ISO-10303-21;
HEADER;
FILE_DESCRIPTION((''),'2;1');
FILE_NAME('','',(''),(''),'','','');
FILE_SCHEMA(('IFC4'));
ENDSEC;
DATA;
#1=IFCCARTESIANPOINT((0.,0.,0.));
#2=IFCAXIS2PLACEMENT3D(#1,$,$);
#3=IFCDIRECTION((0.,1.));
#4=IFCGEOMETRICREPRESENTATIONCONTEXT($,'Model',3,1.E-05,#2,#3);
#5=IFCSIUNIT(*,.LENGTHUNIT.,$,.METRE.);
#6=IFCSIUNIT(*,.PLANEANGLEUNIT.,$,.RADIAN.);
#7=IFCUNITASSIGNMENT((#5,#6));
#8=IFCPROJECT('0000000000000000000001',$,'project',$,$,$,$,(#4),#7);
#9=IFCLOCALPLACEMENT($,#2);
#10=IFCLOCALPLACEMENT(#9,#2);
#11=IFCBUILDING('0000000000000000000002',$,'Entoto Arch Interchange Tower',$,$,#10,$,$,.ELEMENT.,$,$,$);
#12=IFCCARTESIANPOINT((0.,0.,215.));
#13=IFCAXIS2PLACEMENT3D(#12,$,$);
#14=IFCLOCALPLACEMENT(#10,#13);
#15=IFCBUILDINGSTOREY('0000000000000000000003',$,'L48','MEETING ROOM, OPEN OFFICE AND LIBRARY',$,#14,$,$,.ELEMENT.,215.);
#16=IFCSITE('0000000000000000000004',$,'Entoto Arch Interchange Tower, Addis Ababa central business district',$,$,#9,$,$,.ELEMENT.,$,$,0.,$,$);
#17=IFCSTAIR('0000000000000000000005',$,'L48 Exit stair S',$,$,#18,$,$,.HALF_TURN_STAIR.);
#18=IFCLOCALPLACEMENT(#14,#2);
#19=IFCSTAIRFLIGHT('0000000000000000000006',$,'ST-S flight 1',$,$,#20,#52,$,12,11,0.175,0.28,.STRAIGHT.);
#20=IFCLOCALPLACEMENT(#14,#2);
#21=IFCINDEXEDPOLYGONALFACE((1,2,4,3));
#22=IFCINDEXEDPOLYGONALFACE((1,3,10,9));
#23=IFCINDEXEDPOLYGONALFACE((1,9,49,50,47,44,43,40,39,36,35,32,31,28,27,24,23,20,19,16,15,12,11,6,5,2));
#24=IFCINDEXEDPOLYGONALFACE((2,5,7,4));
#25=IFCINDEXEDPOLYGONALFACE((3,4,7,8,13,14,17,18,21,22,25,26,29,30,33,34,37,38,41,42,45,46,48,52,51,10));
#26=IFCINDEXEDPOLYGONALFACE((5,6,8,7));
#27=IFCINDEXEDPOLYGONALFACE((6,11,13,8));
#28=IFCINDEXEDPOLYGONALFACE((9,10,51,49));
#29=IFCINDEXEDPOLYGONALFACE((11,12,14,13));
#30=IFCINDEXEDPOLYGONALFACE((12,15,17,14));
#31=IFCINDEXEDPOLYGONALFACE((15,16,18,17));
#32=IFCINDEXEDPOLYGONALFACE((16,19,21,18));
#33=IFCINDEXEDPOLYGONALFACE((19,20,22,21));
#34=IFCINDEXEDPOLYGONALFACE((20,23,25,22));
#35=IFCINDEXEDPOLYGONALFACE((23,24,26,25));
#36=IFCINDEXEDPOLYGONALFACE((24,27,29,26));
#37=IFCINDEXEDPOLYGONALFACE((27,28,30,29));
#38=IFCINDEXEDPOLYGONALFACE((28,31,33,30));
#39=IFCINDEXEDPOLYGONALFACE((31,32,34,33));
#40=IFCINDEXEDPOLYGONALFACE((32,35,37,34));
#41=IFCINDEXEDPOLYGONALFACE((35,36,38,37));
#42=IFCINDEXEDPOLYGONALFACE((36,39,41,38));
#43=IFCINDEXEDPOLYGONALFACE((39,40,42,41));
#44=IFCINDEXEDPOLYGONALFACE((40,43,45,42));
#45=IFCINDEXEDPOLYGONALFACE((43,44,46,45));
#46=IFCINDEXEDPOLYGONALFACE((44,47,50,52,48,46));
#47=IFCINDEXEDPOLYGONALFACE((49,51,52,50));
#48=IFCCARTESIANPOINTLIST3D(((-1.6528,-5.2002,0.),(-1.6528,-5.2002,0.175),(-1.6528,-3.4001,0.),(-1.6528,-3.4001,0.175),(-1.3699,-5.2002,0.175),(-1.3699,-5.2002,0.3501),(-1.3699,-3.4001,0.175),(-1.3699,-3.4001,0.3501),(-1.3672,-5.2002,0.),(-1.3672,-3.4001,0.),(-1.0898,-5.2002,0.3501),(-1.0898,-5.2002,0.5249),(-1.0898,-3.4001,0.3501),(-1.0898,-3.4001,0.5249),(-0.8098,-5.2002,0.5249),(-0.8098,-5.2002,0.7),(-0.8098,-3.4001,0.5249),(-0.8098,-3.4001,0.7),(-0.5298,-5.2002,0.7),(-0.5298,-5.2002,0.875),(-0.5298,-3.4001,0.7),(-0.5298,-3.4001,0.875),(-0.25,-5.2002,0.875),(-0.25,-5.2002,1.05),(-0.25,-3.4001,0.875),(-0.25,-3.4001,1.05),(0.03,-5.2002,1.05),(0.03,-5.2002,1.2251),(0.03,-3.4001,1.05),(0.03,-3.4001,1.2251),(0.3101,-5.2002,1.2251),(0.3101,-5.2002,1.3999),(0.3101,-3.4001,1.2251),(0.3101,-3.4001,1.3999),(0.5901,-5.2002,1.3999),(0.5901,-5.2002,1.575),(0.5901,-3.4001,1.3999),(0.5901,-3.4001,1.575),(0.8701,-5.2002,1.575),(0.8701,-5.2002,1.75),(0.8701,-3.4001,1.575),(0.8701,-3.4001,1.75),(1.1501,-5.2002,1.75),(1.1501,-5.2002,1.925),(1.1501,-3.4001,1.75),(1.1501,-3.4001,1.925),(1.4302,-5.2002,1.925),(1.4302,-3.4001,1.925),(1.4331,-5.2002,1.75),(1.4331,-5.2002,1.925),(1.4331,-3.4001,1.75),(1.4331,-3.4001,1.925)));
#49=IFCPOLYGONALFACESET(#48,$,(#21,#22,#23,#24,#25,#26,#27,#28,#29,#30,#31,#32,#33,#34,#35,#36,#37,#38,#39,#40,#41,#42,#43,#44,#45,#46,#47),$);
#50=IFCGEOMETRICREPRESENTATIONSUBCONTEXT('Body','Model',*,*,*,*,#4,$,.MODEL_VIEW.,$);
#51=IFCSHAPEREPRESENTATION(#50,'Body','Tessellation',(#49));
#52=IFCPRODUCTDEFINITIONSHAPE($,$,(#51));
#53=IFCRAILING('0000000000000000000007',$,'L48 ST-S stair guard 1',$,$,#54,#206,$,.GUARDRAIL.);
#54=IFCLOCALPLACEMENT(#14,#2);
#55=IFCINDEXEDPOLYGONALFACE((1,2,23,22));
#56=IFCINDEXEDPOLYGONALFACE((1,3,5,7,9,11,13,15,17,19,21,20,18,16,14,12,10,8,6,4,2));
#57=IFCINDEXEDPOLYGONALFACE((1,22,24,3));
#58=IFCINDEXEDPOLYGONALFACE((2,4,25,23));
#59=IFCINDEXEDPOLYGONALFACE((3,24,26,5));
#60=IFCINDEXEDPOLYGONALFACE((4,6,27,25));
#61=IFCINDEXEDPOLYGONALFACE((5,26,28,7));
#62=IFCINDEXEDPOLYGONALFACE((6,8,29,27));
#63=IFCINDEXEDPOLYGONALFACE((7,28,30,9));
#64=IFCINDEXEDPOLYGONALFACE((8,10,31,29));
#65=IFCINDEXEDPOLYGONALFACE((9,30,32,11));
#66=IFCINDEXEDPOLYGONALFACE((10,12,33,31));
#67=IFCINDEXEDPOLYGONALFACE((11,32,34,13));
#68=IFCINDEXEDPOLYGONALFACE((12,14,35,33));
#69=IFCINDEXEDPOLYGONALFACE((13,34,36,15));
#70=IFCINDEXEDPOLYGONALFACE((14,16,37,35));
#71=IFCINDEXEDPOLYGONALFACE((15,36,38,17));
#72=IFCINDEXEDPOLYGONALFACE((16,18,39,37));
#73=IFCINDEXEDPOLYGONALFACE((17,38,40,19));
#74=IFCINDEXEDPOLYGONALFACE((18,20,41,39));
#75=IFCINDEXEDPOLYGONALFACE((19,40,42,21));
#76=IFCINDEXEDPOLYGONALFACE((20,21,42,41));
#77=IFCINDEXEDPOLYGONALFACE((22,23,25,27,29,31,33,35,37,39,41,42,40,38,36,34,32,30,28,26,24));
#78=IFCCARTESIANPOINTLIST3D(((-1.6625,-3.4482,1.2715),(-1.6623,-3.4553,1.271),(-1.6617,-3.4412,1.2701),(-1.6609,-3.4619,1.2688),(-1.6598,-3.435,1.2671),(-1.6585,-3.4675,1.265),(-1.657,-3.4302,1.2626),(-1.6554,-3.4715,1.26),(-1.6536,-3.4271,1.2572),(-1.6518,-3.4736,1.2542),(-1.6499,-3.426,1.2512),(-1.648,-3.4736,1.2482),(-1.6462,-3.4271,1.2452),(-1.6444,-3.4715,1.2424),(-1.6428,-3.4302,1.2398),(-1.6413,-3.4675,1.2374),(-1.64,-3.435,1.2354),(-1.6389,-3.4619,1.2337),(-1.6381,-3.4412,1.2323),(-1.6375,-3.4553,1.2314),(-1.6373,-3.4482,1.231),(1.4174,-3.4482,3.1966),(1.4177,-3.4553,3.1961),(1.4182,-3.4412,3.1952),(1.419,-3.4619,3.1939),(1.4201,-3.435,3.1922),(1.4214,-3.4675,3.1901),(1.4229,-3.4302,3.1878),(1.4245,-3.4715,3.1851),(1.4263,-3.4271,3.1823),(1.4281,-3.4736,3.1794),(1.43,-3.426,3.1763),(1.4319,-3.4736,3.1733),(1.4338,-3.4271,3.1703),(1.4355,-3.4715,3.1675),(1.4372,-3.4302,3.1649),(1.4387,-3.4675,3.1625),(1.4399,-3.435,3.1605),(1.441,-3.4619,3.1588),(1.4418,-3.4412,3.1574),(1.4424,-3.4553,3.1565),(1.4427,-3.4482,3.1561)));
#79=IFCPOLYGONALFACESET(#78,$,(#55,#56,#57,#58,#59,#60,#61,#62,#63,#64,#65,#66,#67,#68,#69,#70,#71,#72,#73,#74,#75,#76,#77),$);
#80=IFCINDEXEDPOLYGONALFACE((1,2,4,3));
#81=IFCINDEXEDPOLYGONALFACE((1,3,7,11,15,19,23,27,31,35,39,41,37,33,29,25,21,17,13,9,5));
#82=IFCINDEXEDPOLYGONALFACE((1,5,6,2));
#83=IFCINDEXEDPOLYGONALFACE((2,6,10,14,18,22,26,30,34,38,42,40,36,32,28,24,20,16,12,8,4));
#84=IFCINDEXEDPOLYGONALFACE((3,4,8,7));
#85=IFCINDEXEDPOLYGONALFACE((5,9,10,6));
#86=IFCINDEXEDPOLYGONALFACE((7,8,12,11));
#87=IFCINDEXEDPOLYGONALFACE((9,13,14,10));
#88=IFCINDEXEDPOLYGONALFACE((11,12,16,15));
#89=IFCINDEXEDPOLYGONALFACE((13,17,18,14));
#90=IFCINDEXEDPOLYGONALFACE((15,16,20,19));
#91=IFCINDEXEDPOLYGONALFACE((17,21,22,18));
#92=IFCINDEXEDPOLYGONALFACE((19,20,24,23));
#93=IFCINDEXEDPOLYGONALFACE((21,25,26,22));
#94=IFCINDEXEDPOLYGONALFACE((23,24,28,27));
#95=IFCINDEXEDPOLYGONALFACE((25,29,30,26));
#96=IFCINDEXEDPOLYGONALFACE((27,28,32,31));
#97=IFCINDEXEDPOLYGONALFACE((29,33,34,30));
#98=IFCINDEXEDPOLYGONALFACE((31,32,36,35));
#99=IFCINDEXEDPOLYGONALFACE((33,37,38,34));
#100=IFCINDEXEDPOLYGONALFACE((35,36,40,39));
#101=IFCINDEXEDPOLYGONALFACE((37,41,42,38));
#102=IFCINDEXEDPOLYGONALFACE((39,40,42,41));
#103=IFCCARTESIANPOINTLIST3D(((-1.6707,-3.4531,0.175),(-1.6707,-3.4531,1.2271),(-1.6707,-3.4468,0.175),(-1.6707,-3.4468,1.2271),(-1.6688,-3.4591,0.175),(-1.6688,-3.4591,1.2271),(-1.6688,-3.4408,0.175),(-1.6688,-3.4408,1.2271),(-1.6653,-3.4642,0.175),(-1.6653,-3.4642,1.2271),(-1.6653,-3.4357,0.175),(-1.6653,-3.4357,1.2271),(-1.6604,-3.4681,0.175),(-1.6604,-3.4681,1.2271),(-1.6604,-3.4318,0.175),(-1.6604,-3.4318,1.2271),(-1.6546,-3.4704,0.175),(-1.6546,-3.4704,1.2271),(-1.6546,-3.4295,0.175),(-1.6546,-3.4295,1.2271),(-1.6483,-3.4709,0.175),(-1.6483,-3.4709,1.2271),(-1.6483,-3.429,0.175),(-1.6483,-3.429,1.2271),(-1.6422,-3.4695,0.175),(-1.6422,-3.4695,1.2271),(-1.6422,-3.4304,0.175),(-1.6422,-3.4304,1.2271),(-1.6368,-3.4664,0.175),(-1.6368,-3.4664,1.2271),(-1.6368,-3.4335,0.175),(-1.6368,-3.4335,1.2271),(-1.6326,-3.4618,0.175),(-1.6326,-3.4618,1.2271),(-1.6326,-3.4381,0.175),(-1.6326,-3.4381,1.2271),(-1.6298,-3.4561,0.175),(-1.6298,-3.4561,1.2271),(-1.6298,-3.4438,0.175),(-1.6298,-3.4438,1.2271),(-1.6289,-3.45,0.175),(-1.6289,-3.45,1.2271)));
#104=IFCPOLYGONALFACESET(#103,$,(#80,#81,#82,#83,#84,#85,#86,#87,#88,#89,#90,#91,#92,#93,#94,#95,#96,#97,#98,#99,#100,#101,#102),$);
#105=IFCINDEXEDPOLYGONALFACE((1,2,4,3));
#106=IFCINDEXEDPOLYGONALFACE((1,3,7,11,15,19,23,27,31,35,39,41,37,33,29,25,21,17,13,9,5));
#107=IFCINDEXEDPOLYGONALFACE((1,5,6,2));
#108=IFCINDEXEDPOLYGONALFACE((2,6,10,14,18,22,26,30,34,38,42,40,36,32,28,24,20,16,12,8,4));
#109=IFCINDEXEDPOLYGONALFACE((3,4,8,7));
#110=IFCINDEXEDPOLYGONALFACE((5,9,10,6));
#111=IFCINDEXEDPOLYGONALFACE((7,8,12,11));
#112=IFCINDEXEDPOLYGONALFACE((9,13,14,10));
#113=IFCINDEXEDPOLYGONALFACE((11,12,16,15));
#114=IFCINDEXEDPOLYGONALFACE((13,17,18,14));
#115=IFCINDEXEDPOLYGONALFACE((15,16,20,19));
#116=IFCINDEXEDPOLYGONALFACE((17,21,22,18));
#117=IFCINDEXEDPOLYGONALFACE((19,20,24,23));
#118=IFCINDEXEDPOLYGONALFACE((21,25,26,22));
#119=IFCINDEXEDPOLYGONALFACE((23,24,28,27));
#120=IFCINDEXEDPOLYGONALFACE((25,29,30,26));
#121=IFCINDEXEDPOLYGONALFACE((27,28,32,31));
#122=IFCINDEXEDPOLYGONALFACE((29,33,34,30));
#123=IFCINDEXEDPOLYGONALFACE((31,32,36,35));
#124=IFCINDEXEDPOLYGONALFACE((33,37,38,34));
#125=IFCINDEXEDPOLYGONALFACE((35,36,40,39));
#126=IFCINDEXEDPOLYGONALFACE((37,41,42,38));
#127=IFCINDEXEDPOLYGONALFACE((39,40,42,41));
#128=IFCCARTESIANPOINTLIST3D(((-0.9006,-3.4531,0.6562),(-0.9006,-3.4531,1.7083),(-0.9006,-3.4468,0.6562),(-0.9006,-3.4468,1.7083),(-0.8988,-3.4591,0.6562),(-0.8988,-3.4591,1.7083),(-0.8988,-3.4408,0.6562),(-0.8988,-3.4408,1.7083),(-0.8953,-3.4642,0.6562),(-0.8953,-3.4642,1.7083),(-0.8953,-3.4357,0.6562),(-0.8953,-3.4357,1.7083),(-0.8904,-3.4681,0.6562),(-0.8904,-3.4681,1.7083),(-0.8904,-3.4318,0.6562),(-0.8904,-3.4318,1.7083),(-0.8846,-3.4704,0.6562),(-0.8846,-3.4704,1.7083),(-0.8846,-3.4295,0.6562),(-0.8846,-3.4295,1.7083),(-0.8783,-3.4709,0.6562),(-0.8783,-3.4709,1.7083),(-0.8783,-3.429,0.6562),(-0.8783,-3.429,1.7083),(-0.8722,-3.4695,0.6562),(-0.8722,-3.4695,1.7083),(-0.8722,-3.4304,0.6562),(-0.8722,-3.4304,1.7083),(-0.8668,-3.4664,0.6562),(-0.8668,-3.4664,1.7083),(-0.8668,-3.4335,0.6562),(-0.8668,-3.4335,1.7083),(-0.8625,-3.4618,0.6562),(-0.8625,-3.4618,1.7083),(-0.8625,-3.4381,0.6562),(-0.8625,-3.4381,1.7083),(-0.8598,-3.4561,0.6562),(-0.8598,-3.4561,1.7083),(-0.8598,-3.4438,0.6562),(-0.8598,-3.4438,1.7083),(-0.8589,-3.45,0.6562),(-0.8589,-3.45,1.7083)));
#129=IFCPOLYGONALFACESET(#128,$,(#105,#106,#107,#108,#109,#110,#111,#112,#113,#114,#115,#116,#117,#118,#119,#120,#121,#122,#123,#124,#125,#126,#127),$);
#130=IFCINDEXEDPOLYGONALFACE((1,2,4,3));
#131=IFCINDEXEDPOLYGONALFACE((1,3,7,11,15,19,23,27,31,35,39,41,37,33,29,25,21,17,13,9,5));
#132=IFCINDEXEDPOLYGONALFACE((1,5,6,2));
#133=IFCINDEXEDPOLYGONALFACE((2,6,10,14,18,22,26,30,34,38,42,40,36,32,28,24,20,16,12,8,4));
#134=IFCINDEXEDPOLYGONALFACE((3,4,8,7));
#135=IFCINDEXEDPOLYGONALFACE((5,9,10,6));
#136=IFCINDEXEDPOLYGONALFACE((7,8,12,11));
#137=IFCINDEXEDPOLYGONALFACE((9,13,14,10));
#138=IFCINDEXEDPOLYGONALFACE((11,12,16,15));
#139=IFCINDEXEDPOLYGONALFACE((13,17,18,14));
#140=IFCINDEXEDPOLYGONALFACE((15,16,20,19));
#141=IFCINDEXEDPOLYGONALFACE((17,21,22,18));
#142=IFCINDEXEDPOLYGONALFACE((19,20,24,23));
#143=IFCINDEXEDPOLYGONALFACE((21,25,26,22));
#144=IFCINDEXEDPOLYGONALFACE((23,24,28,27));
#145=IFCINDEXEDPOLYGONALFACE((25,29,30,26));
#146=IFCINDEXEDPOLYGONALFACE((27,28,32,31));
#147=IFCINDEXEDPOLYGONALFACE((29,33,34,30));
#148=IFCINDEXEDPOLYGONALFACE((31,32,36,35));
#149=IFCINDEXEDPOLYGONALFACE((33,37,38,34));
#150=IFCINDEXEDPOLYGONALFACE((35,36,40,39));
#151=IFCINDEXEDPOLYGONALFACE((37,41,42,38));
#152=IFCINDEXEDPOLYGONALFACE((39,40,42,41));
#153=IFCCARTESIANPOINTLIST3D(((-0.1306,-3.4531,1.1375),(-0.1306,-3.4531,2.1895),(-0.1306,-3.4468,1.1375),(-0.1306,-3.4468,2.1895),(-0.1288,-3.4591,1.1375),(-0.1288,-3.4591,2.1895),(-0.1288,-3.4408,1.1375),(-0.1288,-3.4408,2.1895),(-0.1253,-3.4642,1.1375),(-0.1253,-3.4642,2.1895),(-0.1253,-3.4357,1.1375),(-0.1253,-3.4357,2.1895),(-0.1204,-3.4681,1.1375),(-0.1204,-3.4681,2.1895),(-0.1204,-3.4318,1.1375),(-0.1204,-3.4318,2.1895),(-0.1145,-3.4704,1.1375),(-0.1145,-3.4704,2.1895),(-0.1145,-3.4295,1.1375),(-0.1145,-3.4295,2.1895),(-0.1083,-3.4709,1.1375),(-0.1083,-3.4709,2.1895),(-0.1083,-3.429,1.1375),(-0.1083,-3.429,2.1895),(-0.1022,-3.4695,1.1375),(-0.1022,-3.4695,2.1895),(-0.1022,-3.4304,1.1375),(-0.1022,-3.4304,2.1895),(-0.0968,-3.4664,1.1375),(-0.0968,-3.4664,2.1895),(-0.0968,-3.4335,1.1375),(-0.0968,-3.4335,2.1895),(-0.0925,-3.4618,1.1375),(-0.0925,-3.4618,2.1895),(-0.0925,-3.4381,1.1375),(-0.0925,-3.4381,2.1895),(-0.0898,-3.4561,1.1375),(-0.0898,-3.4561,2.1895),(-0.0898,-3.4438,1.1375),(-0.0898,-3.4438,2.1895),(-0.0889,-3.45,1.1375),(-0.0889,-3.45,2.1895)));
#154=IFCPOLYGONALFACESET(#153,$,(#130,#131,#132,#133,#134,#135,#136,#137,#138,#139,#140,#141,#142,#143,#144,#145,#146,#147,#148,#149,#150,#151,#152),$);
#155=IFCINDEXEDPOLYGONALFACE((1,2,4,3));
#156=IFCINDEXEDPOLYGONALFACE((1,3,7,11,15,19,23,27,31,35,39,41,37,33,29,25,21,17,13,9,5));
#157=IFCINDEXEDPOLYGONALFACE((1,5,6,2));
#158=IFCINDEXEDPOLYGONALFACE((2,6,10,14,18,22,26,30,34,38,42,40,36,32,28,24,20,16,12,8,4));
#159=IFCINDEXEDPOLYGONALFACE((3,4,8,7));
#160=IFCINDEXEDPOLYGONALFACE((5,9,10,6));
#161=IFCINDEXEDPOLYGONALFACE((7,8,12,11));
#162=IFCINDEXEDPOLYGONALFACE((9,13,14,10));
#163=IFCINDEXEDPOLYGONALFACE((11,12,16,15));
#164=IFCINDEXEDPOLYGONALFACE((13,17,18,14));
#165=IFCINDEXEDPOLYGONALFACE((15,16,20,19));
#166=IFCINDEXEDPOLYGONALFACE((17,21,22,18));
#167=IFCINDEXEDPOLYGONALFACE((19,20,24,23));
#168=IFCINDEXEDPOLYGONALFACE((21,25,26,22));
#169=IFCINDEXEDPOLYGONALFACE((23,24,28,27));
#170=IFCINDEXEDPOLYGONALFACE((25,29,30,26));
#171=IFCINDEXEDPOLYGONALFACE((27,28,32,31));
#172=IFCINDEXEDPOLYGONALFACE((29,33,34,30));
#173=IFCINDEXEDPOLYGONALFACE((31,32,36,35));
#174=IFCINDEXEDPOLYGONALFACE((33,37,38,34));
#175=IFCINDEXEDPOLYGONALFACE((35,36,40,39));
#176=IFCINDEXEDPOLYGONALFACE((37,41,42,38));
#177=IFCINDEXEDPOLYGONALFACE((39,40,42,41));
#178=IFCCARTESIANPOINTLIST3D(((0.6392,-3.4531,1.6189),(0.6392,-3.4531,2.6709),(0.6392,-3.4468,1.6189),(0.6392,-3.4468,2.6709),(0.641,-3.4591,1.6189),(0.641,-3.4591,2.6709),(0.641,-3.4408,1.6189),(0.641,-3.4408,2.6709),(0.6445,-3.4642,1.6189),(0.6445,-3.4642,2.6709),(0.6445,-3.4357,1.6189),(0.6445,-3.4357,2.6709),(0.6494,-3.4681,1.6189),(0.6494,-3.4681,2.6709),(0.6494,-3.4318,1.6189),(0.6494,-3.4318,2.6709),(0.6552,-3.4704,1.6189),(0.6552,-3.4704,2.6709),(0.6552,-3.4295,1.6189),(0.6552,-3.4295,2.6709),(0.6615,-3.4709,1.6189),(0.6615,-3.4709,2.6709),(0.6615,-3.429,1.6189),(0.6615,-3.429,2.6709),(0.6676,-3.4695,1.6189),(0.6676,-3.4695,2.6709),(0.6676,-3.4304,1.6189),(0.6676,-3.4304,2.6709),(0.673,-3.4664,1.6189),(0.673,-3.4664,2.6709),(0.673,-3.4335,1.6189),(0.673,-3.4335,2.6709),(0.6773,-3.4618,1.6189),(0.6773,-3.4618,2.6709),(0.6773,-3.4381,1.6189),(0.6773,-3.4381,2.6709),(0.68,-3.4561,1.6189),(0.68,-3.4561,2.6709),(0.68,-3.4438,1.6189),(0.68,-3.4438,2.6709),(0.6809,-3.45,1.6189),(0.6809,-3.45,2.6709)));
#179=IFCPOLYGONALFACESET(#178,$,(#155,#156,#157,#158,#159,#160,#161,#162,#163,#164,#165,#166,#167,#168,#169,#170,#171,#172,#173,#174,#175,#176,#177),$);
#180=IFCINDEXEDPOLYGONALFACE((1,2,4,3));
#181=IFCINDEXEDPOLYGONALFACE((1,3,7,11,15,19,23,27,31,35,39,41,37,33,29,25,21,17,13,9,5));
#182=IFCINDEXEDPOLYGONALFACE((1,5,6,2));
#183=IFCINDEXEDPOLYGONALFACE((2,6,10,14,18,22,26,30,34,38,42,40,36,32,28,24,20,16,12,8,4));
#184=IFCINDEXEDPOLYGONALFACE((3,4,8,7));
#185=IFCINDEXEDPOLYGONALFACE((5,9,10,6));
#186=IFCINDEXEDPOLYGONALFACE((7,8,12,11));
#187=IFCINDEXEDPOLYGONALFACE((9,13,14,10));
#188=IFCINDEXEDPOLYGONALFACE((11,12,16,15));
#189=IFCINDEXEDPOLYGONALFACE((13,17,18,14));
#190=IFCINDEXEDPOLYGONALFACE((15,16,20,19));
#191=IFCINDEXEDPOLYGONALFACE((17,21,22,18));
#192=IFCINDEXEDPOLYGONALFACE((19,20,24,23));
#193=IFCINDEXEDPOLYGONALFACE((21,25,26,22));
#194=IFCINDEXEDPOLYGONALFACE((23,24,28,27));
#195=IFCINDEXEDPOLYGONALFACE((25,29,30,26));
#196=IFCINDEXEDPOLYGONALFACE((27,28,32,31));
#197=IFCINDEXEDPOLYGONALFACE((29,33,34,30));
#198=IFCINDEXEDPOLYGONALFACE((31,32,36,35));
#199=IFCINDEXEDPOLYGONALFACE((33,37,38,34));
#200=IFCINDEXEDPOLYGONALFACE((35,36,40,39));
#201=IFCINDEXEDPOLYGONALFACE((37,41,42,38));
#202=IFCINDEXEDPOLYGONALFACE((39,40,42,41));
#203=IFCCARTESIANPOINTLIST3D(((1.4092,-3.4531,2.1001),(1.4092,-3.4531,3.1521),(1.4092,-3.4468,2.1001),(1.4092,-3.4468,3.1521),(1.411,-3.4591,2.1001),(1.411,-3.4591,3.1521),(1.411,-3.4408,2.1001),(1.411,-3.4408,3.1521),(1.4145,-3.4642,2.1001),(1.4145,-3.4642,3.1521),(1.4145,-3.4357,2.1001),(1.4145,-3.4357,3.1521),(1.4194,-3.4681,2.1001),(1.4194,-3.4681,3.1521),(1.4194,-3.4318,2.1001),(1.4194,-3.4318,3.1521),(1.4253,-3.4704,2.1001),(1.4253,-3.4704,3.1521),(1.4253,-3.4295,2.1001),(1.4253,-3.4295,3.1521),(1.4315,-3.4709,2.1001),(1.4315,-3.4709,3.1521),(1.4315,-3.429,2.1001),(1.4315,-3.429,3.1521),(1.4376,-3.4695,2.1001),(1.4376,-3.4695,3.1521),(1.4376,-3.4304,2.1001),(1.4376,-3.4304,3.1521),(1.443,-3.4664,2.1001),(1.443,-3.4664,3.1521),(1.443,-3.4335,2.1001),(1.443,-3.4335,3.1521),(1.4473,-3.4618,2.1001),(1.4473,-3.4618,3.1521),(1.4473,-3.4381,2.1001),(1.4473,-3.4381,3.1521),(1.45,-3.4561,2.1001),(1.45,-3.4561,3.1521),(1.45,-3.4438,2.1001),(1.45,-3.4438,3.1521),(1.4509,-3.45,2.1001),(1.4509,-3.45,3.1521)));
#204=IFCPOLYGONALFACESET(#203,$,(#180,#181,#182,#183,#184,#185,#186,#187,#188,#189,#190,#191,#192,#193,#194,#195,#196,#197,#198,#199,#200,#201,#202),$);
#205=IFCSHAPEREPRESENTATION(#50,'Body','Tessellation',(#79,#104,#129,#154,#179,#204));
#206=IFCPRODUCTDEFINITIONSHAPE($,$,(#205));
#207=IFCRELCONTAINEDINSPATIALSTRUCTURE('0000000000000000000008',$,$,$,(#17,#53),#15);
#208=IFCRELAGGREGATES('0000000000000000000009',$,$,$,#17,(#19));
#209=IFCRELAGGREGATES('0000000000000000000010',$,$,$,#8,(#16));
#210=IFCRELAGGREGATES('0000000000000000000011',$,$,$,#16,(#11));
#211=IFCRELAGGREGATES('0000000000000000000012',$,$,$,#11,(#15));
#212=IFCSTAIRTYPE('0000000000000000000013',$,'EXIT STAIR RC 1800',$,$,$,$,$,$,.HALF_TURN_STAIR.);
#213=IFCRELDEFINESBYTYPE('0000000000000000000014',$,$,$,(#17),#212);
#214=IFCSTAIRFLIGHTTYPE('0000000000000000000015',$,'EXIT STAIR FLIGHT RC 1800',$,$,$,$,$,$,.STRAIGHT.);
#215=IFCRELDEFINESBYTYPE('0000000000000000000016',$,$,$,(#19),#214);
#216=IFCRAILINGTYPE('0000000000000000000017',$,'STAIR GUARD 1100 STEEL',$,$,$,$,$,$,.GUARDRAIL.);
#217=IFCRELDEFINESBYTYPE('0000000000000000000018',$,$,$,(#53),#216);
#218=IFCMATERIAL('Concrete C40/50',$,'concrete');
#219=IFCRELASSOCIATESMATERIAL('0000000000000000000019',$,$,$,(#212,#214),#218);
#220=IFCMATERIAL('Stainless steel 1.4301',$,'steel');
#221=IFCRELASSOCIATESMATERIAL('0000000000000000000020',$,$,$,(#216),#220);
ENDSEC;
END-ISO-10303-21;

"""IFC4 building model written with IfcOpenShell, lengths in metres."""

from ifc_helpers import new_model, si_unit, direction, frame, origin, origin_2d, place, context, subcontext, project, spatial, polyline, circle, outline, extrude, material, type_object, element, aggregate, save


model = new_model("IFC4")

# Units and contexts
model_context = context("Model", 3, precision=1e-05, world=origin(), true_north=direction((0.0, 1.0)))
body_context = subcontext(model_context, "Body", "Model", "MODEL_VIEW")
ifc_project = project(units=[si_unit("LENGTHUNIT", "METRE"), si_unit("PLANEANGLEUNIT", "RADIAN")], contexts=[model_context])

# Site, building, storey
site_placement = place(None, origin())
site = spatial("IfcSite", under=ifc_project, at=site_placement, Name="Entoto Arch Interchange Tower, Addis Ababa central business district", CompositionType="ELEMENT", RefElevation=0.0)
building_placement = place(site_placement, origin())
building = spatial("IfcBuilding", under=site, at=building_placement, Name="Entoto Arch Interchange Tower", CompositionType="ELEMENT")
storey_placement = place(building_placement, frame((0.0, 0.0, 215.0)))
storey = spatial("IfcBuildingStorey", under=building, at=storey_placement, Name="L48", Description="MEETING ROOM, OPEN OFFICE AND LIBRARY", CompositionType="ELEMENT", Elevation=215.0)

# Shared definitions
ifc_material_1 = material(Name="Concrete C40/50", Category="concrete")

# Stair, stair flight
stair_type = type_object("IfcStairType", Name="EXIT STAIR RC 1800", PredefinedType="HALF_TURN_STAIR", material=ifc_material_1)
stair_placement = place(storey_placement, origin())
stair = element("IfcStair", 1, at=stair_placement, inside=storey, type_object=stair_type, Name="L48 Exit stair S", PredefinedType="HALF_TURN_STAIR")
stair_flight_type = type_object("IfcStairFlightType", Name="EXIT STAIR FLIGHT RC 1800", PredefinedType="STRAIGHT", material=ifc_material_1)
stair_flight_placement = place(storey_placement, frame((-1.6499, -4.3, 0.0), z_axis=(0.0, 0.0, 1.0), x_axis=(1.0, 0.0, 0.0)))
stair_flight = element("IfcStairFlight", 2, at=stair_flight_placement, type_object=stair_flight_type, Name="ST-S flight 1", NumberOfRisers=12, NumberOfTreads=11, PredefinedType="STRAIGHT", RiserHeight=0.175, TreadLength=0.28, context=body_context, shape_type="SweptSolid", body=[
    extrude(outline(polyline([(-0.0029, 0.0), (-0.0029, 0.175), (0.28, 0.175), (0.28, 0.3501), (0.5601, 0.3501), (0.5601, 0.5249), (0.8401, 0.5249), (0.8401, 0.7), (1.1201, 0.7), (1.1201, 0.875), (1.3999, 0.875), (1.3999, 1.05), (1.6799, 1.05), (1.6799, 1.2251), (1.96, 1.2251), (1.96, 1.3999), (2.24, 1.3999), (2.24, 1.575), (2.52, 1.575), (2.52, 1.75), (2.8, 1.75), (2.8, 1.925), (3.0801, 1.925), (3.083, 1.925), (3.083, 1.75), (0.2827, 0.0), (-0.0029, 0.0)])), frame((0.0, 0.8999, 0.0), z_axis=(0.0, -1.0, 0.0), x_axis=(1.0, 0.0, 0.0)), (0.0, 0.0, 1.0), 1.8),
])
aggregate(stair, [stair_flight])

# Railing
ifc_material_2 = material(Name="Stainless steel 1.4301", Category="steel")
railing_type_1 = type_object("IfcRailingType", Name="STAIR GUARD 1100 STEEL", PredefinedType="GUARDRAIL", material=ifc_material_2)
railing_1_placement = place(storey_placement, frame((-1.6499, -3.45, 0.175)))
element("IfcRailing", 3, at=railing_1_placement, inside=storey, type_object=railing_type_1, Name="L48 ST-S stair guard 1", PredefinedType="GUARDRAIL", context=body_context, shape_type="SweptSolid", body=[
    extrude(circle(Radius=0.0239, at=origin_2d()), frame((0.0, 0.0, 1.0762), z_axis=(0.847979, 0.0, 0.530029), x_axis=(0.0, 1.0, 0.0)), (0.0, 0.0, 1.0), 3.6321),
    extrude(circle(Radius=0.021, at=origin_2d()), origin(), (0.0, 0.0, 1.0), 1.052),
    extrude(circle(Radius=0.021, at=origin_2d()), frame((0.77, 0.0, 0.4812)), (0.0, 0.0, 1.0), 1.052),
    extrude(circle(Radius=0.021, at=origin_2d()), frame((1.54, 0.0, 0.9624)), (0.0, 0.0, 1.0), 1.052),
    extrude(circle(Radius=0.021, at=origin_2d()), frame((2.3098, 0.0, 1.4438)), (0.0, 0.0, 1.0), 1.052),
    extrude(circle(Radius=0.021, at=origin_2d()), frame((3.0798, 0.0, 1.925)), (0.0, 0.0, 1.0), 1.052),
])

save(model, "model.ifc")
